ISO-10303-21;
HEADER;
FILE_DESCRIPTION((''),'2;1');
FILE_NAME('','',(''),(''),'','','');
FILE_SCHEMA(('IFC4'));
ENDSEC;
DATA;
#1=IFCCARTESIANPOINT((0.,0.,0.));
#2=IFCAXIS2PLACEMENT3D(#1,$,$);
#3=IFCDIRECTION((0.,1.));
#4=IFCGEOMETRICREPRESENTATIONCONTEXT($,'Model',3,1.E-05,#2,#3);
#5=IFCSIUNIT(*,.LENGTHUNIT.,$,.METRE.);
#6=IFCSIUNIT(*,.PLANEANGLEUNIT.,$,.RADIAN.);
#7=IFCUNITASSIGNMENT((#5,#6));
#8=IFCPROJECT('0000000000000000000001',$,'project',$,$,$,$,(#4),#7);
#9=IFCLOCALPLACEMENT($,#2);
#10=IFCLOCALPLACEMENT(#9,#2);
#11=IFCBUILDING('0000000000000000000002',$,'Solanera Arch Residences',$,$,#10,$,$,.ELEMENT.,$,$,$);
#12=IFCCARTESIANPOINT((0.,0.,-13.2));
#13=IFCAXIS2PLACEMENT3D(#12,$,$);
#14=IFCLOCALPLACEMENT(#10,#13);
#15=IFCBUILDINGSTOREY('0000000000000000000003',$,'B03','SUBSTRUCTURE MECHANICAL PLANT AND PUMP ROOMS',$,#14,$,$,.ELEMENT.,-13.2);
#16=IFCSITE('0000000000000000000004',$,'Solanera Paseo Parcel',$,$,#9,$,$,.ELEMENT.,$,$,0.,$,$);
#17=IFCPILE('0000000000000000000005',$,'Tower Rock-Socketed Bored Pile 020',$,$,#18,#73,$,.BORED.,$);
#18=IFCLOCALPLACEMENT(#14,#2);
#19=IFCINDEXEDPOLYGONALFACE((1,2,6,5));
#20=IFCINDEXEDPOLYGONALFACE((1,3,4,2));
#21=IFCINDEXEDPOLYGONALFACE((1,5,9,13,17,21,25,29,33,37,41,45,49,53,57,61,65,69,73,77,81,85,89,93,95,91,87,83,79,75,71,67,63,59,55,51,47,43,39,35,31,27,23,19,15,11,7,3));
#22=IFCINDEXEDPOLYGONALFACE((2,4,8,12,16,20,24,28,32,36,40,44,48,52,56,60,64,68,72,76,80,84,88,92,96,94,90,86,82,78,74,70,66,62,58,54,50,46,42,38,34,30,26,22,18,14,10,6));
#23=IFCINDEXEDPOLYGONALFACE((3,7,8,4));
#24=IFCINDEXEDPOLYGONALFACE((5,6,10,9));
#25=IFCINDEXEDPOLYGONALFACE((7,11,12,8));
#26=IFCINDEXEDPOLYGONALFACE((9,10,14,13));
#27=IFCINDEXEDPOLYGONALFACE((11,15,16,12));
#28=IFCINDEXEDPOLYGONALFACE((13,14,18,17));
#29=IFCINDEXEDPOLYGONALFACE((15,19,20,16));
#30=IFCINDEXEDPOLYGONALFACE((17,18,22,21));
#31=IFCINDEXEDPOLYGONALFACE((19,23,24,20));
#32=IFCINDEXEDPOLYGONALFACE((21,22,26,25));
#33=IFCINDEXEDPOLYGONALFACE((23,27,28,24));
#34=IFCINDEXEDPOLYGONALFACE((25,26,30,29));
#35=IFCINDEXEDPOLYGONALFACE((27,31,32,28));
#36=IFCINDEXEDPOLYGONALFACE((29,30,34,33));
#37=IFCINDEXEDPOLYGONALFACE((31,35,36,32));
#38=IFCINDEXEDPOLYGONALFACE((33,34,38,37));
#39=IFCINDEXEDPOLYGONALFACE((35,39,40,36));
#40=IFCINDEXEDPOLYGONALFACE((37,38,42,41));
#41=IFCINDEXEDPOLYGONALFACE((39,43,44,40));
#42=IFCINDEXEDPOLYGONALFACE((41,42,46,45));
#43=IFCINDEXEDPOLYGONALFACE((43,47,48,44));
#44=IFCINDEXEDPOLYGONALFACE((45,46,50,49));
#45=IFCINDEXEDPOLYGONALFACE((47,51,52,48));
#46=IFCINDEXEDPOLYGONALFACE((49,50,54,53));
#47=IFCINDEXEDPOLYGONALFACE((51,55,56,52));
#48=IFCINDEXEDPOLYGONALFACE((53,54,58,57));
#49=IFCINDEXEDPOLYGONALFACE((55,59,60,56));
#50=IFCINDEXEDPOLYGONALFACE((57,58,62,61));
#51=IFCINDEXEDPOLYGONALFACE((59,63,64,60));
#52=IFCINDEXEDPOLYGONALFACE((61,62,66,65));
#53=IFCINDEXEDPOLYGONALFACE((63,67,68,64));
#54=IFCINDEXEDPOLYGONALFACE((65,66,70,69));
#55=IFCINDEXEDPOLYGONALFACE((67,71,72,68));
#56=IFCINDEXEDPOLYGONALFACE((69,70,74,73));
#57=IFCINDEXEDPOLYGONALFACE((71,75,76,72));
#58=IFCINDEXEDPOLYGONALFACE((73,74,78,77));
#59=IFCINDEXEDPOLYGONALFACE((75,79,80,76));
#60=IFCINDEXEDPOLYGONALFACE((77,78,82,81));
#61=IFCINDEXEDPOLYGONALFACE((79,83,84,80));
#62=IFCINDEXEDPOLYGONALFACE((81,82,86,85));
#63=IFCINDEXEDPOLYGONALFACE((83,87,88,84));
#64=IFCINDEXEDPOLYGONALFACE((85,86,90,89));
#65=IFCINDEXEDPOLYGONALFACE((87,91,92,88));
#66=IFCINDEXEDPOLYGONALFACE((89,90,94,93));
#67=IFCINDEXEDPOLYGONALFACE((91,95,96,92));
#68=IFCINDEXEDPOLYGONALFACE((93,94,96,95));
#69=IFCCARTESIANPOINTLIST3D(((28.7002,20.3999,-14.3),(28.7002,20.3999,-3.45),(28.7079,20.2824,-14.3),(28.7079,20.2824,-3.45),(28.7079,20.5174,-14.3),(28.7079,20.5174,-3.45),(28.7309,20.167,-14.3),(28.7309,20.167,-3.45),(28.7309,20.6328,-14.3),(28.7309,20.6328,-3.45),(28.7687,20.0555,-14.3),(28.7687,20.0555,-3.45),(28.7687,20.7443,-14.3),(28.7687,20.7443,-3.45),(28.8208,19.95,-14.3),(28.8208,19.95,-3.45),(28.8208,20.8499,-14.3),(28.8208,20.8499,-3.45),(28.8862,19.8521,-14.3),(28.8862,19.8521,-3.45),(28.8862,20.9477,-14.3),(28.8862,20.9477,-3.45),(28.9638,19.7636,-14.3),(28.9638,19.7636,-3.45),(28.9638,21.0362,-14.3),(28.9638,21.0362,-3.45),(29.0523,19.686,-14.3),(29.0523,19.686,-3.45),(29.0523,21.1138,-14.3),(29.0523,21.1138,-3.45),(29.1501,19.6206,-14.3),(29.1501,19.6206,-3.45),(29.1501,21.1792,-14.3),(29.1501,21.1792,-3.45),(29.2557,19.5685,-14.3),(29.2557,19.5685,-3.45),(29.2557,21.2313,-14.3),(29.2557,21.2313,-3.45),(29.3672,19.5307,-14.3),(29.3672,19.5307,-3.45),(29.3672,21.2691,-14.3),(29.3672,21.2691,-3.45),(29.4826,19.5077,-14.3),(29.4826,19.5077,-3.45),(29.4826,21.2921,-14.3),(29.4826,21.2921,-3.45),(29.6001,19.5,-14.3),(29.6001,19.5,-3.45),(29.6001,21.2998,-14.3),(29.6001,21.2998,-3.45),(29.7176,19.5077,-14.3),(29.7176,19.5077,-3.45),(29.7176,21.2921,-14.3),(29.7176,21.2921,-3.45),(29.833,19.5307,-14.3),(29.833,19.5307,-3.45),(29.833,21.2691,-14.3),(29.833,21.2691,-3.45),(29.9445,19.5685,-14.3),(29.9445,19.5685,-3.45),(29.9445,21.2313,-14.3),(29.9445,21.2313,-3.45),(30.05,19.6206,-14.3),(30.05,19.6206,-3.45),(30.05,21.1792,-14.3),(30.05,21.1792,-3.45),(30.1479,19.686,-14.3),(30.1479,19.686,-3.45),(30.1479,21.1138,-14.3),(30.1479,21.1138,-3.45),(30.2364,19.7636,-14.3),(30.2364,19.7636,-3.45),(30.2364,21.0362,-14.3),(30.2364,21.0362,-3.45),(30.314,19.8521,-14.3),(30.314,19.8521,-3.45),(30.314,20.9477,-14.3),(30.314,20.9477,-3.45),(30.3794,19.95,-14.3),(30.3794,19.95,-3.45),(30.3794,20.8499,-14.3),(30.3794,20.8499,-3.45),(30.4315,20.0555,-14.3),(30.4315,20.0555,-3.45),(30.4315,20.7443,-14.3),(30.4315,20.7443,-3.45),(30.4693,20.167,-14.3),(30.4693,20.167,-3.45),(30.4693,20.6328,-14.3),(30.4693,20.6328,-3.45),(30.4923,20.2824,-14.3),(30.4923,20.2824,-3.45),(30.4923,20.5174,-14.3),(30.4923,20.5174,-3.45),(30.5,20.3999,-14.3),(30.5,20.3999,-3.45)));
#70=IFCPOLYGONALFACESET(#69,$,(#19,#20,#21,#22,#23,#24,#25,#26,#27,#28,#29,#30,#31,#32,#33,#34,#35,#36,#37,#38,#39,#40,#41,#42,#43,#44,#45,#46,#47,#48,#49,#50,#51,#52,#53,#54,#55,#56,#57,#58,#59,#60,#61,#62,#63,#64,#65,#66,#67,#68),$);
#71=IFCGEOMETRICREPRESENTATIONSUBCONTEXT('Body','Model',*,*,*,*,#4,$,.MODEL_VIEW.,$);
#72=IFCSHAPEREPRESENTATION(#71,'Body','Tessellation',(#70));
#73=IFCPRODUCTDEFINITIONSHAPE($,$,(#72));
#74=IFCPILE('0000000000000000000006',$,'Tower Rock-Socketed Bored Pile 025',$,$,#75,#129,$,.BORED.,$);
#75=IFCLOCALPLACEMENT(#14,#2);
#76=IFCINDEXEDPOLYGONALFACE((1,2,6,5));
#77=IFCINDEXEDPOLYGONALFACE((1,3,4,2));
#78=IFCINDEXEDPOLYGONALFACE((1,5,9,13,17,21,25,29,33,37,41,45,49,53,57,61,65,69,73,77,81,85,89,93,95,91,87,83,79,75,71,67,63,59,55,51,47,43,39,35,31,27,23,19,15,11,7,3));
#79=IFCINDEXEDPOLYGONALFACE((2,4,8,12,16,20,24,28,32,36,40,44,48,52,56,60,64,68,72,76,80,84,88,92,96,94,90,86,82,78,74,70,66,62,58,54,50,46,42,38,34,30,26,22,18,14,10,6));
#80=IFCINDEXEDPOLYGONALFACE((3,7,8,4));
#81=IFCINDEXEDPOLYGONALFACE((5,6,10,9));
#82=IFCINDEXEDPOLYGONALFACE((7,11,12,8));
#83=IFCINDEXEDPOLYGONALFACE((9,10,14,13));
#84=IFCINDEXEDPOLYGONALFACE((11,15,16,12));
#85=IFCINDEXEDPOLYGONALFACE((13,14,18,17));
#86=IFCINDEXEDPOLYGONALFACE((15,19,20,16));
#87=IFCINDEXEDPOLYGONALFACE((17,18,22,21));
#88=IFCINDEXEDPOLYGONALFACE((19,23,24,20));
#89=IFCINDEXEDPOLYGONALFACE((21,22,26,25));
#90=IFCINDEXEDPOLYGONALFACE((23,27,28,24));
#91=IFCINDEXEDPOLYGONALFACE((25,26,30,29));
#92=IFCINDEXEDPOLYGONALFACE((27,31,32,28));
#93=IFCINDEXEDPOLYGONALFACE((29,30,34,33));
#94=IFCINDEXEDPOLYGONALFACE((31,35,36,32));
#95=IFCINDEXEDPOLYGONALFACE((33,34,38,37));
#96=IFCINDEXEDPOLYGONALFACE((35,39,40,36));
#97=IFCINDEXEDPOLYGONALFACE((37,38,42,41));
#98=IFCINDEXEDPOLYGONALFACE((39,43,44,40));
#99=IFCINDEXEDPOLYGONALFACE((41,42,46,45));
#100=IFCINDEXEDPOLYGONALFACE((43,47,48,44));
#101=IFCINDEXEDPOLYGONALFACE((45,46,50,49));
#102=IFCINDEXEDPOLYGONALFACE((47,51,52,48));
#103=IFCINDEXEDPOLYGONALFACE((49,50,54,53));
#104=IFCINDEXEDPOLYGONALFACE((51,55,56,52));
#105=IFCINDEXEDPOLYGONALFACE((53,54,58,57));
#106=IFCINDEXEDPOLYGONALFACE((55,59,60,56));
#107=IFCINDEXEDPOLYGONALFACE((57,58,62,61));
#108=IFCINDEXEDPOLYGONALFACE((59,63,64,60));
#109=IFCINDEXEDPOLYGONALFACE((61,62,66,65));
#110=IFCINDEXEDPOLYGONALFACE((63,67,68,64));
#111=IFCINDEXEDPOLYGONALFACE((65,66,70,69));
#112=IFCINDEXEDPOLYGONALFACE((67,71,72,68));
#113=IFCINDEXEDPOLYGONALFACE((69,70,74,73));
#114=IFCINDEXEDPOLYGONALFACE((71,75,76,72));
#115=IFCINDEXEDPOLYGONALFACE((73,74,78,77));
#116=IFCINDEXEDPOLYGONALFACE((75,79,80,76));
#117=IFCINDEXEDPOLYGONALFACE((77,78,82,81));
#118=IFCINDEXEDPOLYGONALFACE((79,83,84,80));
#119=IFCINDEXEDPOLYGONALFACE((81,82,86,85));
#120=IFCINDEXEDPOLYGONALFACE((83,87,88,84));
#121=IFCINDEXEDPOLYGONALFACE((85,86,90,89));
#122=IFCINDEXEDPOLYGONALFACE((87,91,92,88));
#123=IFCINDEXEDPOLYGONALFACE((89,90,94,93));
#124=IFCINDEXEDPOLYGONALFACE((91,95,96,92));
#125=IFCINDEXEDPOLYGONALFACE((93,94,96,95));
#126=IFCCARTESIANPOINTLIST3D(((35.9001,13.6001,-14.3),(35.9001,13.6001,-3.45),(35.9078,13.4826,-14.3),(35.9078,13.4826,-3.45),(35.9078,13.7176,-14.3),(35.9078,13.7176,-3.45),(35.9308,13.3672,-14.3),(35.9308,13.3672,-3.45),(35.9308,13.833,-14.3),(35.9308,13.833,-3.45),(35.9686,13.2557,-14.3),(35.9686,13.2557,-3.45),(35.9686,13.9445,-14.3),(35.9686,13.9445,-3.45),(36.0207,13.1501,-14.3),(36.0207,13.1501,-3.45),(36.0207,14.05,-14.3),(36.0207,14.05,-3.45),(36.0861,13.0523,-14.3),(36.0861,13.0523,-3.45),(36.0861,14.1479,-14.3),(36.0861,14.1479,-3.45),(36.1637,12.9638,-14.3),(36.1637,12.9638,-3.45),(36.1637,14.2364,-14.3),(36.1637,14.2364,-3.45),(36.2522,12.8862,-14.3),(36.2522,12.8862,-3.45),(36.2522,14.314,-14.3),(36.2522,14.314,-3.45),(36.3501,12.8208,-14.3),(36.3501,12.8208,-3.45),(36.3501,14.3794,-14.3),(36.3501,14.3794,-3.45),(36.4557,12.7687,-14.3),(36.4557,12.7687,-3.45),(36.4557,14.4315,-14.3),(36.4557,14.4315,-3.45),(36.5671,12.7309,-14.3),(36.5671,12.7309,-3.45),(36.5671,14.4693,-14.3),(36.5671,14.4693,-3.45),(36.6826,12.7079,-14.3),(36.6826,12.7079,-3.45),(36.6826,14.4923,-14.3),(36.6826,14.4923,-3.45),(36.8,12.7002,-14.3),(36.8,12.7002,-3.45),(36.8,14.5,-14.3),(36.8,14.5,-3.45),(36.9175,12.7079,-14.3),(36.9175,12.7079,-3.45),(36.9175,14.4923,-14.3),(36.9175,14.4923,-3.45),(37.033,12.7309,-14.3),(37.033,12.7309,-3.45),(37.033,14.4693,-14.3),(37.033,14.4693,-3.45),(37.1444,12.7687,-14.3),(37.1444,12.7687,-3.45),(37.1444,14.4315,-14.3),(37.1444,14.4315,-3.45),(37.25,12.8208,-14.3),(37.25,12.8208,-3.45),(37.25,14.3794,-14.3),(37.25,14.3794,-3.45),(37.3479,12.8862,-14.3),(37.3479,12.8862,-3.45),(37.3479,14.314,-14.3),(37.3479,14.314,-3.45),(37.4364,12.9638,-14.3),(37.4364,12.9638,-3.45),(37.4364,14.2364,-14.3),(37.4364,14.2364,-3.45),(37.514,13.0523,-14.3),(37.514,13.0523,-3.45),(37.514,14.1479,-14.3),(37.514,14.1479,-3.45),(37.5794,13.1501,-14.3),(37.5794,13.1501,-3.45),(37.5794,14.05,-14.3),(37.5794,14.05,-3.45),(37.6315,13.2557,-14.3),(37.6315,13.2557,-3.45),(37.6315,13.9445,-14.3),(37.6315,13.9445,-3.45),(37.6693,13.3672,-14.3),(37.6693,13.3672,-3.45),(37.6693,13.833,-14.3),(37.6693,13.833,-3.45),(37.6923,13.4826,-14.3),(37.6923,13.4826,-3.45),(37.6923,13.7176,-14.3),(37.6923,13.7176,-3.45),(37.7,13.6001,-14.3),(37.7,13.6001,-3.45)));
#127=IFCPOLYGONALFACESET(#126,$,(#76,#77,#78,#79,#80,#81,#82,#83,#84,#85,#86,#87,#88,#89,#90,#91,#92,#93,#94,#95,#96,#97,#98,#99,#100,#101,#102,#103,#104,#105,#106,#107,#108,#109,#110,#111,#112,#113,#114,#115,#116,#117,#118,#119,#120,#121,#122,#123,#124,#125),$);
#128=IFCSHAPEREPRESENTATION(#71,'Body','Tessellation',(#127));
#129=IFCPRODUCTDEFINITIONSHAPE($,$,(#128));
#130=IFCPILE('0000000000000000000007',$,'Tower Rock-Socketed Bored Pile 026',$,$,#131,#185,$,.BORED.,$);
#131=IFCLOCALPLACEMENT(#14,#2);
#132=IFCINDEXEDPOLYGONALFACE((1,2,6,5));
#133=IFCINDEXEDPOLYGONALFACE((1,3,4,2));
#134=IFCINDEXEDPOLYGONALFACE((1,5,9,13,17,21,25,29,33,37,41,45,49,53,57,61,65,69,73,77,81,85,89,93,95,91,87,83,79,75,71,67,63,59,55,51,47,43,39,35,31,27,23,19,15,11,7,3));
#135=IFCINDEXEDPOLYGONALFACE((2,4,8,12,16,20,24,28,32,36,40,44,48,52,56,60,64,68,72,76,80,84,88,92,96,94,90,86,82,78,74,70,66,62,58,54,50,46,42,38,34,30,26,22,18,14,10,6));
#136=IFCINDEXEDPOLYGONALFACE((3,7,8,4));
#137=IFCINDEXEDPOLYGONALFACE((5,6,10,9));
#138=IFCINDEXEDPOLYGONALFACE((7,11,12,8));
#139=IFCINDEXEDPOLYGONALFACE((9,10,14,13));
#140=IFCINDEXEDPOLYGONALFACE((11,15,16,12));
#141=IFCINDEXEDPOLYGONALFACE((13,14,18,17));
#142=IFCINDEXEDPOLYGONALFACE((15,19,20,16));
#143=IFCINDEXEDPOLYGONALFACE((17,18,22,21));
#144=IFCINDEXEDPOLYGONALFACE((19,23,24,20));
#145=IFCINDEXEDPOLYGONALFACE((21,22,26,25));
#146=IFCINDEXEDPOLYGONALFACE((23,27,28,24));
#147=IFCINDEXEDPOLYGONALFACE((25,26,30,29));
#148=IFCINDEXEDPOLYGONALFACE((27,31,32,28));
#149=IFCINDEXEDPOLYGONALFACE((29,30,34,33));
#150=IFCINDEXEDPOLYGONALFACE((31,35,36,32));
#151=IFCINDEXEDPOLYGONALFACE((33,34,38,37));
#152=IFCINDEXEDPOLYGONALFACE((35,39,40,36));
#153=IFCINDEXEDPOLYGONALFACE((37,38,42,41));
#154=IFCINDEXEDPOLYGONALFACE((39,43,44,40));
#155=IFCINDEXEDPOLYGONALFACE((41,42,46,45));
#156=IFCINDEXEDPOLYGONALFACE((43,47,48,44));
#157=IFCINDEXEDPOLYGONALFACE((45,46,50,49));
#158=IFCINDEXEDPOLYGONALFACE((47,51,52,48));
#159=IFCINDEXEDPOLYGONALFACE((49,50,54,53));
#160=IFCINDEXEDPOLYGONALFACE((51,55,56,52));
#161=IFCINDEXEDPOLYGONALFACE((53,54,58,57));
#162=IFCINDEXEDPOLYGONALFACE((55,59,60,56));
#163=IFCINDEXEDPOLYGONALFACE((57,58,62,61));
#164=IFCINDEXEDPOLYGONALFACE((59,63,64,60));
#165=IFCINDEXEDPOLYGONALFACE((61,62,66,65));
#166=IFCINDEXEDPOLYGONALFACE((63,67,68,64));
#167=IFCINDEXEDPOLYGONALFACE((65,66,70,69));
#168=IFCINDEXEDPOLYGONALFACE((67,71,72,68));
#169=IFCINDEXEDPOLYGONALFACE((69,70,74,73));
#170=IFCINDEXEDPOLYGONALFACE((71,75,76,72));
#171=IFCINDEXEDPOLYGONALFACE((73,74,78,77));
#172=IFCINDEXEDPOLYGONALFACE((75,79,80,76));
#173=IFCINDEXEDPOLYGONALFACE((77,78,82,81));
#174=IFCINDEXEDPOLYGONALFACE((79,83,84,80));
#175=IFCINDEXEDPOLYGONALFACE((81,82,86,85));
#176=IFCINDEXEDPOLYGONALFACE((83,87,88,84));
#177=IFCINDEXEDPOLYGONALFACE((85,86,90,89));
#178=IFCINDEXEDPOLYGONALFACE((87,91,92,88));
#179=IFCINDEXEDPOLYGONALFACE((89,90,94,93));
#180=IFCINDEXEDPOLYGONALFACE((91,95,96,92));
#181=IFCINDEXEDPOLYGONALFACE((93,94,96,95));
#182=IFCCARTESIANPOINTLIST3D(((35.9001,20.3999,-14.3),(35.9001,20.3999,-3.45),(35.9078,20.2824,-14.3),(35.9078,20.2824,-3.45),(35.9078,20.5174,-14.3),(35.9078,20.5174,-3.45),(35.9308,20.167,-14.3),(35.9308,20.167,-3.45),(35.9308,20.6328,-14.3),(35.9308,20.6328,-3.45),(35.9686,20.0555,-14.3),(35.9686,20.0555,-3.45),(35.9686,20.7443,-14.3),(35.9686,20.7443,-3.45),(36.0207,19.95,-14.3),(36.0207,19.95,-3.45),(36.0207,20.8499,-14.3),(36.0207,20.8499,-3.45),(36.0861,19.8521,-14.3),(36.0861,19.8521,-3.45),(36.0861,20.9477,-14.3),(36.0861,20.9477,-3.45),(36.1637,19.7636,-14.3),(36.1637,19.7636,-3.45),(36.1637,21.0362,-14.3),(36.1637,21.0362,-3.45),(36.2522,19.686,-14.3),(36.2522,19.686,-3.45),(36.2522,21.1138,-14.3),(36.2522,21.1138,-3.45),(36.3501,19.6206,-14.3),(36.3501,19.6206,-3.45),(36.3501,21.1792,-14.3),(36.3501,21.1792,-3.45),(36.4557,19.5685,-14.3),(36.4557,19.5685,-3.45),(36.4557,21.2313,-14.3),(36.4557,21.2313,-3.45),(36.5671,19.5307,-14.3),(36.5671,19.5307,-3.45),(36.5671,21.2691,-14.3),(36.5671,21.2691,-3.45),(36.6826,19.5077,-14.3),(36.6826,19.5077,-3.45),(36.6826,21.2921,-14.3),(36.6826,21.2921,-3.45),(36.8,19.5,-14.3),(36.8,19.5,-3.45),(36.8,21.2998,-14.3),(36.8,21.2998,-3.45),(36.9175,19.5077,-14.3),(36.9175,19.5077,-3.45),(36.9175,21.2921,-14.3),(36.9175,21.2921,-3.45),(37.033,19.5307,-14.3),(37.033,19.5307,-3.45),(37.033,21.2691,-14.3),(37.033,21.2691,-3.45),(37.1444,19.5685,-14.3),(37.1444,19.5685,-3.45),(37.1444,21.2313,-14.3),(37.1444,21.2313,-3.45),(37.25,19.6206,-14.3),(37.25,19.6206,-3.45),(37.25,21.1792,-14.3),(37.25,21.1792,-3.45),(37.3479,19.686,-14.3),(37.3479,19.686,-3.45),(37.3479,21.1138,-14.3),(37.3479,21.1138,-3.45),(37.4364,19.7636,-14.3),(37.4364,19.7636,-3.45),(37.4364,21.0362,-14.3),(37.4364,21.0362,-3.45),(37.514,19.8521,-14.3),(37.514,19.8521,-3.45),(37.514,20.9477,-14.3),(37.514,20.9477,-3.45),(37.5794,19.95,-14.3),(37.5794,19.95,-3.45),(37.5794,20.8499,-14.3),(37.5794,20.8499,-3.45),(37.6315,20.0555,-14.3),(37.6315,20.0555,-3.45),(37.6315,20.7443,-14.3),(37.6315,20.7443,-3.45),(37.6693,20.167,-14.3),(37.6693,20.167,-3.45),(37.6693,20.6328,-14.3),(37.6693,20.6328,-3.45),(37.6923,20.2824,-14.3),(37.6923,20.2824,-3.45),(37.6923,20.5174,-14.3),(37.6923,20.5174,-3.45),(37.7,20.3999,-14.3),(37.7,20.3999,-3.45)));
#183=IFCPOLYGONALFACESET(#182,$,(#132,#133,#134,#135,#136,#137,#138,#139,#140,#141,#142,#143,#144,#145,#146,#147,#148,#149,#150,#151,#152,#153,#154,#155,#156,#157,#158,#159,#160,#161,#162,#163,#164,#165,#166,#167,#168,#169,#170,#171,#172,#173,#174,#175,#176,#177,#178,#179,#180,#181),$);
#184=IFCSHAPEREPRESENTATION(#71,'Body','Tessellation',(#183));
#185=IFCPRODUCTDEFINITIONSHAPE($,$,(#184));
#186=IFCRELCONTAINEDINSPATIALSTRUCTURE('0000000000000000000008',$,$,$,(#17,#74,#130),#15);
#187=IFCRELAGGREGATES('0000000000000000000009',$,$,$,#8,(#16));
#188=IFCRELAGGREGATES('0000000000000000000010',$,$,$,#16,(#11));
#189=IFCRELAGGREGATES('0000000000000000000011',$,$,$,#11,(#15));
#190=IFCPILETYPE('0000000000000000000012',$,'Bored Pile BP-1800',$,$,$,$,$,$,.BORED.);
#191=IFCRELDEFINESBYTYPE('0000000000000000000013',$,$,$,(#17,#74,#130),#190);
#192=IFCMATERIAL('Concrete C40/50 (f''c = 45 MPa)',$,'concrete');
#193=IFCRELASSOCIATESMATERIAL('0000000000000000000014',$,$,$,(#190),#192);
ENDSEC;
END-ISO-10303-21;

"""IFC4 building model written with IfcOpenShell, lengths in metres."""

from ifc_helpers import new_model, si_unit, direction, frame, origin, origin_2d, place, context, subcontext, project, spatial, circle, extrude, material, material_profile, profile_set, type_object, element, save


model = new_model("IFC4")

# Units and contexts
model_context = context("Model", 3, precision=1e-05, world=origin(), true_north=direction((0.0, 1.0)))
body_context = subcontext(model_context, "Body", "Model", "MODEL_VIEW")
ifc_project = project(units=[si_unit("LENGTHUNIT", "METRE"), si_unit("PLANEANGLEUNIT", "RADIAN")], contexts=[model_context])

# Site, building, storey
site_placement = place(None, origin())
site = spatial("IfcSite", under=ifc_project, at=site_placement, Name="Solanera Paseo Parcel", CompositionType="ELEMENT", RefElevation=0.0)
building_placement = place(site_placement, origin())
building = spatial("IfcBuilding", under=site, at=building_placement, Name="Solanera Arch Residences", CompositionType="ELEMENT")
storey_placement = place(building_placement, frame((0.0, 0.0, -13.2)))
storey = spatial("IfcBuildingStorey", under=building, at=storey_placement, Name="B03", Description="SUBSTRUCTURE MECHANICAL PLANT AND PUMP ROOMS", CompositionType="ELEMENT", Elevation=-13.2)

# Piles
ifc_material_1 = material(Name="Concrete C40/50 (f'c = 45 MPa)", Category="concrete")
ifc_material_profile_1 = material_profile(ifc_material_1, circle(Radius=0.8999, at=origin_2d()))
ifc_profile_set_1 = profile_set([ifc_material_profile_1], Name="Concrete C40/50 (f'c = 45 MPa)")
pile_type = type_object("IfcPileType", Name="Bored Pile BP-1800", PredefinedType="BORED", material=ifc_profile_set_1)
for number, where, z_axis, x_axis, name in (
    (1, (29.6001, 20.3999, -3.45), (0.0, 0.0, -1.0), (1.0, 0.0, 0.0), "Tower Rock-Socketed Bored Pile 020"),
    (2, (36.8, 13.6001, -3.45), (0.0, 0.0, -1.0), (1.0, 0.0, 0.0), "Tower Rock-Socketed Bored Pile 025"),
    (3, (36.8, 20.3999, -3.45), (0.0, 0.0, -1.0), (1.0, 0.0, 0.0), "Tower Rock-Socketed Bored Pile 026"),
):
    element("IfcPile", number, at=place(storey_placement, frame(where, z_axis=z_axis, x_axis=x_axis)), inside=storey, type_object=pile_type, Name=name, PredefinedType="BORED", context=body_context, shape_type="SweptSolid", body=[
        extrude(circle(Radius=0.8999, at=origin_2d()), origin(), (0.0, 0.0, 1.0), 10.8501),
    ])

save(model, "model.ifc")
